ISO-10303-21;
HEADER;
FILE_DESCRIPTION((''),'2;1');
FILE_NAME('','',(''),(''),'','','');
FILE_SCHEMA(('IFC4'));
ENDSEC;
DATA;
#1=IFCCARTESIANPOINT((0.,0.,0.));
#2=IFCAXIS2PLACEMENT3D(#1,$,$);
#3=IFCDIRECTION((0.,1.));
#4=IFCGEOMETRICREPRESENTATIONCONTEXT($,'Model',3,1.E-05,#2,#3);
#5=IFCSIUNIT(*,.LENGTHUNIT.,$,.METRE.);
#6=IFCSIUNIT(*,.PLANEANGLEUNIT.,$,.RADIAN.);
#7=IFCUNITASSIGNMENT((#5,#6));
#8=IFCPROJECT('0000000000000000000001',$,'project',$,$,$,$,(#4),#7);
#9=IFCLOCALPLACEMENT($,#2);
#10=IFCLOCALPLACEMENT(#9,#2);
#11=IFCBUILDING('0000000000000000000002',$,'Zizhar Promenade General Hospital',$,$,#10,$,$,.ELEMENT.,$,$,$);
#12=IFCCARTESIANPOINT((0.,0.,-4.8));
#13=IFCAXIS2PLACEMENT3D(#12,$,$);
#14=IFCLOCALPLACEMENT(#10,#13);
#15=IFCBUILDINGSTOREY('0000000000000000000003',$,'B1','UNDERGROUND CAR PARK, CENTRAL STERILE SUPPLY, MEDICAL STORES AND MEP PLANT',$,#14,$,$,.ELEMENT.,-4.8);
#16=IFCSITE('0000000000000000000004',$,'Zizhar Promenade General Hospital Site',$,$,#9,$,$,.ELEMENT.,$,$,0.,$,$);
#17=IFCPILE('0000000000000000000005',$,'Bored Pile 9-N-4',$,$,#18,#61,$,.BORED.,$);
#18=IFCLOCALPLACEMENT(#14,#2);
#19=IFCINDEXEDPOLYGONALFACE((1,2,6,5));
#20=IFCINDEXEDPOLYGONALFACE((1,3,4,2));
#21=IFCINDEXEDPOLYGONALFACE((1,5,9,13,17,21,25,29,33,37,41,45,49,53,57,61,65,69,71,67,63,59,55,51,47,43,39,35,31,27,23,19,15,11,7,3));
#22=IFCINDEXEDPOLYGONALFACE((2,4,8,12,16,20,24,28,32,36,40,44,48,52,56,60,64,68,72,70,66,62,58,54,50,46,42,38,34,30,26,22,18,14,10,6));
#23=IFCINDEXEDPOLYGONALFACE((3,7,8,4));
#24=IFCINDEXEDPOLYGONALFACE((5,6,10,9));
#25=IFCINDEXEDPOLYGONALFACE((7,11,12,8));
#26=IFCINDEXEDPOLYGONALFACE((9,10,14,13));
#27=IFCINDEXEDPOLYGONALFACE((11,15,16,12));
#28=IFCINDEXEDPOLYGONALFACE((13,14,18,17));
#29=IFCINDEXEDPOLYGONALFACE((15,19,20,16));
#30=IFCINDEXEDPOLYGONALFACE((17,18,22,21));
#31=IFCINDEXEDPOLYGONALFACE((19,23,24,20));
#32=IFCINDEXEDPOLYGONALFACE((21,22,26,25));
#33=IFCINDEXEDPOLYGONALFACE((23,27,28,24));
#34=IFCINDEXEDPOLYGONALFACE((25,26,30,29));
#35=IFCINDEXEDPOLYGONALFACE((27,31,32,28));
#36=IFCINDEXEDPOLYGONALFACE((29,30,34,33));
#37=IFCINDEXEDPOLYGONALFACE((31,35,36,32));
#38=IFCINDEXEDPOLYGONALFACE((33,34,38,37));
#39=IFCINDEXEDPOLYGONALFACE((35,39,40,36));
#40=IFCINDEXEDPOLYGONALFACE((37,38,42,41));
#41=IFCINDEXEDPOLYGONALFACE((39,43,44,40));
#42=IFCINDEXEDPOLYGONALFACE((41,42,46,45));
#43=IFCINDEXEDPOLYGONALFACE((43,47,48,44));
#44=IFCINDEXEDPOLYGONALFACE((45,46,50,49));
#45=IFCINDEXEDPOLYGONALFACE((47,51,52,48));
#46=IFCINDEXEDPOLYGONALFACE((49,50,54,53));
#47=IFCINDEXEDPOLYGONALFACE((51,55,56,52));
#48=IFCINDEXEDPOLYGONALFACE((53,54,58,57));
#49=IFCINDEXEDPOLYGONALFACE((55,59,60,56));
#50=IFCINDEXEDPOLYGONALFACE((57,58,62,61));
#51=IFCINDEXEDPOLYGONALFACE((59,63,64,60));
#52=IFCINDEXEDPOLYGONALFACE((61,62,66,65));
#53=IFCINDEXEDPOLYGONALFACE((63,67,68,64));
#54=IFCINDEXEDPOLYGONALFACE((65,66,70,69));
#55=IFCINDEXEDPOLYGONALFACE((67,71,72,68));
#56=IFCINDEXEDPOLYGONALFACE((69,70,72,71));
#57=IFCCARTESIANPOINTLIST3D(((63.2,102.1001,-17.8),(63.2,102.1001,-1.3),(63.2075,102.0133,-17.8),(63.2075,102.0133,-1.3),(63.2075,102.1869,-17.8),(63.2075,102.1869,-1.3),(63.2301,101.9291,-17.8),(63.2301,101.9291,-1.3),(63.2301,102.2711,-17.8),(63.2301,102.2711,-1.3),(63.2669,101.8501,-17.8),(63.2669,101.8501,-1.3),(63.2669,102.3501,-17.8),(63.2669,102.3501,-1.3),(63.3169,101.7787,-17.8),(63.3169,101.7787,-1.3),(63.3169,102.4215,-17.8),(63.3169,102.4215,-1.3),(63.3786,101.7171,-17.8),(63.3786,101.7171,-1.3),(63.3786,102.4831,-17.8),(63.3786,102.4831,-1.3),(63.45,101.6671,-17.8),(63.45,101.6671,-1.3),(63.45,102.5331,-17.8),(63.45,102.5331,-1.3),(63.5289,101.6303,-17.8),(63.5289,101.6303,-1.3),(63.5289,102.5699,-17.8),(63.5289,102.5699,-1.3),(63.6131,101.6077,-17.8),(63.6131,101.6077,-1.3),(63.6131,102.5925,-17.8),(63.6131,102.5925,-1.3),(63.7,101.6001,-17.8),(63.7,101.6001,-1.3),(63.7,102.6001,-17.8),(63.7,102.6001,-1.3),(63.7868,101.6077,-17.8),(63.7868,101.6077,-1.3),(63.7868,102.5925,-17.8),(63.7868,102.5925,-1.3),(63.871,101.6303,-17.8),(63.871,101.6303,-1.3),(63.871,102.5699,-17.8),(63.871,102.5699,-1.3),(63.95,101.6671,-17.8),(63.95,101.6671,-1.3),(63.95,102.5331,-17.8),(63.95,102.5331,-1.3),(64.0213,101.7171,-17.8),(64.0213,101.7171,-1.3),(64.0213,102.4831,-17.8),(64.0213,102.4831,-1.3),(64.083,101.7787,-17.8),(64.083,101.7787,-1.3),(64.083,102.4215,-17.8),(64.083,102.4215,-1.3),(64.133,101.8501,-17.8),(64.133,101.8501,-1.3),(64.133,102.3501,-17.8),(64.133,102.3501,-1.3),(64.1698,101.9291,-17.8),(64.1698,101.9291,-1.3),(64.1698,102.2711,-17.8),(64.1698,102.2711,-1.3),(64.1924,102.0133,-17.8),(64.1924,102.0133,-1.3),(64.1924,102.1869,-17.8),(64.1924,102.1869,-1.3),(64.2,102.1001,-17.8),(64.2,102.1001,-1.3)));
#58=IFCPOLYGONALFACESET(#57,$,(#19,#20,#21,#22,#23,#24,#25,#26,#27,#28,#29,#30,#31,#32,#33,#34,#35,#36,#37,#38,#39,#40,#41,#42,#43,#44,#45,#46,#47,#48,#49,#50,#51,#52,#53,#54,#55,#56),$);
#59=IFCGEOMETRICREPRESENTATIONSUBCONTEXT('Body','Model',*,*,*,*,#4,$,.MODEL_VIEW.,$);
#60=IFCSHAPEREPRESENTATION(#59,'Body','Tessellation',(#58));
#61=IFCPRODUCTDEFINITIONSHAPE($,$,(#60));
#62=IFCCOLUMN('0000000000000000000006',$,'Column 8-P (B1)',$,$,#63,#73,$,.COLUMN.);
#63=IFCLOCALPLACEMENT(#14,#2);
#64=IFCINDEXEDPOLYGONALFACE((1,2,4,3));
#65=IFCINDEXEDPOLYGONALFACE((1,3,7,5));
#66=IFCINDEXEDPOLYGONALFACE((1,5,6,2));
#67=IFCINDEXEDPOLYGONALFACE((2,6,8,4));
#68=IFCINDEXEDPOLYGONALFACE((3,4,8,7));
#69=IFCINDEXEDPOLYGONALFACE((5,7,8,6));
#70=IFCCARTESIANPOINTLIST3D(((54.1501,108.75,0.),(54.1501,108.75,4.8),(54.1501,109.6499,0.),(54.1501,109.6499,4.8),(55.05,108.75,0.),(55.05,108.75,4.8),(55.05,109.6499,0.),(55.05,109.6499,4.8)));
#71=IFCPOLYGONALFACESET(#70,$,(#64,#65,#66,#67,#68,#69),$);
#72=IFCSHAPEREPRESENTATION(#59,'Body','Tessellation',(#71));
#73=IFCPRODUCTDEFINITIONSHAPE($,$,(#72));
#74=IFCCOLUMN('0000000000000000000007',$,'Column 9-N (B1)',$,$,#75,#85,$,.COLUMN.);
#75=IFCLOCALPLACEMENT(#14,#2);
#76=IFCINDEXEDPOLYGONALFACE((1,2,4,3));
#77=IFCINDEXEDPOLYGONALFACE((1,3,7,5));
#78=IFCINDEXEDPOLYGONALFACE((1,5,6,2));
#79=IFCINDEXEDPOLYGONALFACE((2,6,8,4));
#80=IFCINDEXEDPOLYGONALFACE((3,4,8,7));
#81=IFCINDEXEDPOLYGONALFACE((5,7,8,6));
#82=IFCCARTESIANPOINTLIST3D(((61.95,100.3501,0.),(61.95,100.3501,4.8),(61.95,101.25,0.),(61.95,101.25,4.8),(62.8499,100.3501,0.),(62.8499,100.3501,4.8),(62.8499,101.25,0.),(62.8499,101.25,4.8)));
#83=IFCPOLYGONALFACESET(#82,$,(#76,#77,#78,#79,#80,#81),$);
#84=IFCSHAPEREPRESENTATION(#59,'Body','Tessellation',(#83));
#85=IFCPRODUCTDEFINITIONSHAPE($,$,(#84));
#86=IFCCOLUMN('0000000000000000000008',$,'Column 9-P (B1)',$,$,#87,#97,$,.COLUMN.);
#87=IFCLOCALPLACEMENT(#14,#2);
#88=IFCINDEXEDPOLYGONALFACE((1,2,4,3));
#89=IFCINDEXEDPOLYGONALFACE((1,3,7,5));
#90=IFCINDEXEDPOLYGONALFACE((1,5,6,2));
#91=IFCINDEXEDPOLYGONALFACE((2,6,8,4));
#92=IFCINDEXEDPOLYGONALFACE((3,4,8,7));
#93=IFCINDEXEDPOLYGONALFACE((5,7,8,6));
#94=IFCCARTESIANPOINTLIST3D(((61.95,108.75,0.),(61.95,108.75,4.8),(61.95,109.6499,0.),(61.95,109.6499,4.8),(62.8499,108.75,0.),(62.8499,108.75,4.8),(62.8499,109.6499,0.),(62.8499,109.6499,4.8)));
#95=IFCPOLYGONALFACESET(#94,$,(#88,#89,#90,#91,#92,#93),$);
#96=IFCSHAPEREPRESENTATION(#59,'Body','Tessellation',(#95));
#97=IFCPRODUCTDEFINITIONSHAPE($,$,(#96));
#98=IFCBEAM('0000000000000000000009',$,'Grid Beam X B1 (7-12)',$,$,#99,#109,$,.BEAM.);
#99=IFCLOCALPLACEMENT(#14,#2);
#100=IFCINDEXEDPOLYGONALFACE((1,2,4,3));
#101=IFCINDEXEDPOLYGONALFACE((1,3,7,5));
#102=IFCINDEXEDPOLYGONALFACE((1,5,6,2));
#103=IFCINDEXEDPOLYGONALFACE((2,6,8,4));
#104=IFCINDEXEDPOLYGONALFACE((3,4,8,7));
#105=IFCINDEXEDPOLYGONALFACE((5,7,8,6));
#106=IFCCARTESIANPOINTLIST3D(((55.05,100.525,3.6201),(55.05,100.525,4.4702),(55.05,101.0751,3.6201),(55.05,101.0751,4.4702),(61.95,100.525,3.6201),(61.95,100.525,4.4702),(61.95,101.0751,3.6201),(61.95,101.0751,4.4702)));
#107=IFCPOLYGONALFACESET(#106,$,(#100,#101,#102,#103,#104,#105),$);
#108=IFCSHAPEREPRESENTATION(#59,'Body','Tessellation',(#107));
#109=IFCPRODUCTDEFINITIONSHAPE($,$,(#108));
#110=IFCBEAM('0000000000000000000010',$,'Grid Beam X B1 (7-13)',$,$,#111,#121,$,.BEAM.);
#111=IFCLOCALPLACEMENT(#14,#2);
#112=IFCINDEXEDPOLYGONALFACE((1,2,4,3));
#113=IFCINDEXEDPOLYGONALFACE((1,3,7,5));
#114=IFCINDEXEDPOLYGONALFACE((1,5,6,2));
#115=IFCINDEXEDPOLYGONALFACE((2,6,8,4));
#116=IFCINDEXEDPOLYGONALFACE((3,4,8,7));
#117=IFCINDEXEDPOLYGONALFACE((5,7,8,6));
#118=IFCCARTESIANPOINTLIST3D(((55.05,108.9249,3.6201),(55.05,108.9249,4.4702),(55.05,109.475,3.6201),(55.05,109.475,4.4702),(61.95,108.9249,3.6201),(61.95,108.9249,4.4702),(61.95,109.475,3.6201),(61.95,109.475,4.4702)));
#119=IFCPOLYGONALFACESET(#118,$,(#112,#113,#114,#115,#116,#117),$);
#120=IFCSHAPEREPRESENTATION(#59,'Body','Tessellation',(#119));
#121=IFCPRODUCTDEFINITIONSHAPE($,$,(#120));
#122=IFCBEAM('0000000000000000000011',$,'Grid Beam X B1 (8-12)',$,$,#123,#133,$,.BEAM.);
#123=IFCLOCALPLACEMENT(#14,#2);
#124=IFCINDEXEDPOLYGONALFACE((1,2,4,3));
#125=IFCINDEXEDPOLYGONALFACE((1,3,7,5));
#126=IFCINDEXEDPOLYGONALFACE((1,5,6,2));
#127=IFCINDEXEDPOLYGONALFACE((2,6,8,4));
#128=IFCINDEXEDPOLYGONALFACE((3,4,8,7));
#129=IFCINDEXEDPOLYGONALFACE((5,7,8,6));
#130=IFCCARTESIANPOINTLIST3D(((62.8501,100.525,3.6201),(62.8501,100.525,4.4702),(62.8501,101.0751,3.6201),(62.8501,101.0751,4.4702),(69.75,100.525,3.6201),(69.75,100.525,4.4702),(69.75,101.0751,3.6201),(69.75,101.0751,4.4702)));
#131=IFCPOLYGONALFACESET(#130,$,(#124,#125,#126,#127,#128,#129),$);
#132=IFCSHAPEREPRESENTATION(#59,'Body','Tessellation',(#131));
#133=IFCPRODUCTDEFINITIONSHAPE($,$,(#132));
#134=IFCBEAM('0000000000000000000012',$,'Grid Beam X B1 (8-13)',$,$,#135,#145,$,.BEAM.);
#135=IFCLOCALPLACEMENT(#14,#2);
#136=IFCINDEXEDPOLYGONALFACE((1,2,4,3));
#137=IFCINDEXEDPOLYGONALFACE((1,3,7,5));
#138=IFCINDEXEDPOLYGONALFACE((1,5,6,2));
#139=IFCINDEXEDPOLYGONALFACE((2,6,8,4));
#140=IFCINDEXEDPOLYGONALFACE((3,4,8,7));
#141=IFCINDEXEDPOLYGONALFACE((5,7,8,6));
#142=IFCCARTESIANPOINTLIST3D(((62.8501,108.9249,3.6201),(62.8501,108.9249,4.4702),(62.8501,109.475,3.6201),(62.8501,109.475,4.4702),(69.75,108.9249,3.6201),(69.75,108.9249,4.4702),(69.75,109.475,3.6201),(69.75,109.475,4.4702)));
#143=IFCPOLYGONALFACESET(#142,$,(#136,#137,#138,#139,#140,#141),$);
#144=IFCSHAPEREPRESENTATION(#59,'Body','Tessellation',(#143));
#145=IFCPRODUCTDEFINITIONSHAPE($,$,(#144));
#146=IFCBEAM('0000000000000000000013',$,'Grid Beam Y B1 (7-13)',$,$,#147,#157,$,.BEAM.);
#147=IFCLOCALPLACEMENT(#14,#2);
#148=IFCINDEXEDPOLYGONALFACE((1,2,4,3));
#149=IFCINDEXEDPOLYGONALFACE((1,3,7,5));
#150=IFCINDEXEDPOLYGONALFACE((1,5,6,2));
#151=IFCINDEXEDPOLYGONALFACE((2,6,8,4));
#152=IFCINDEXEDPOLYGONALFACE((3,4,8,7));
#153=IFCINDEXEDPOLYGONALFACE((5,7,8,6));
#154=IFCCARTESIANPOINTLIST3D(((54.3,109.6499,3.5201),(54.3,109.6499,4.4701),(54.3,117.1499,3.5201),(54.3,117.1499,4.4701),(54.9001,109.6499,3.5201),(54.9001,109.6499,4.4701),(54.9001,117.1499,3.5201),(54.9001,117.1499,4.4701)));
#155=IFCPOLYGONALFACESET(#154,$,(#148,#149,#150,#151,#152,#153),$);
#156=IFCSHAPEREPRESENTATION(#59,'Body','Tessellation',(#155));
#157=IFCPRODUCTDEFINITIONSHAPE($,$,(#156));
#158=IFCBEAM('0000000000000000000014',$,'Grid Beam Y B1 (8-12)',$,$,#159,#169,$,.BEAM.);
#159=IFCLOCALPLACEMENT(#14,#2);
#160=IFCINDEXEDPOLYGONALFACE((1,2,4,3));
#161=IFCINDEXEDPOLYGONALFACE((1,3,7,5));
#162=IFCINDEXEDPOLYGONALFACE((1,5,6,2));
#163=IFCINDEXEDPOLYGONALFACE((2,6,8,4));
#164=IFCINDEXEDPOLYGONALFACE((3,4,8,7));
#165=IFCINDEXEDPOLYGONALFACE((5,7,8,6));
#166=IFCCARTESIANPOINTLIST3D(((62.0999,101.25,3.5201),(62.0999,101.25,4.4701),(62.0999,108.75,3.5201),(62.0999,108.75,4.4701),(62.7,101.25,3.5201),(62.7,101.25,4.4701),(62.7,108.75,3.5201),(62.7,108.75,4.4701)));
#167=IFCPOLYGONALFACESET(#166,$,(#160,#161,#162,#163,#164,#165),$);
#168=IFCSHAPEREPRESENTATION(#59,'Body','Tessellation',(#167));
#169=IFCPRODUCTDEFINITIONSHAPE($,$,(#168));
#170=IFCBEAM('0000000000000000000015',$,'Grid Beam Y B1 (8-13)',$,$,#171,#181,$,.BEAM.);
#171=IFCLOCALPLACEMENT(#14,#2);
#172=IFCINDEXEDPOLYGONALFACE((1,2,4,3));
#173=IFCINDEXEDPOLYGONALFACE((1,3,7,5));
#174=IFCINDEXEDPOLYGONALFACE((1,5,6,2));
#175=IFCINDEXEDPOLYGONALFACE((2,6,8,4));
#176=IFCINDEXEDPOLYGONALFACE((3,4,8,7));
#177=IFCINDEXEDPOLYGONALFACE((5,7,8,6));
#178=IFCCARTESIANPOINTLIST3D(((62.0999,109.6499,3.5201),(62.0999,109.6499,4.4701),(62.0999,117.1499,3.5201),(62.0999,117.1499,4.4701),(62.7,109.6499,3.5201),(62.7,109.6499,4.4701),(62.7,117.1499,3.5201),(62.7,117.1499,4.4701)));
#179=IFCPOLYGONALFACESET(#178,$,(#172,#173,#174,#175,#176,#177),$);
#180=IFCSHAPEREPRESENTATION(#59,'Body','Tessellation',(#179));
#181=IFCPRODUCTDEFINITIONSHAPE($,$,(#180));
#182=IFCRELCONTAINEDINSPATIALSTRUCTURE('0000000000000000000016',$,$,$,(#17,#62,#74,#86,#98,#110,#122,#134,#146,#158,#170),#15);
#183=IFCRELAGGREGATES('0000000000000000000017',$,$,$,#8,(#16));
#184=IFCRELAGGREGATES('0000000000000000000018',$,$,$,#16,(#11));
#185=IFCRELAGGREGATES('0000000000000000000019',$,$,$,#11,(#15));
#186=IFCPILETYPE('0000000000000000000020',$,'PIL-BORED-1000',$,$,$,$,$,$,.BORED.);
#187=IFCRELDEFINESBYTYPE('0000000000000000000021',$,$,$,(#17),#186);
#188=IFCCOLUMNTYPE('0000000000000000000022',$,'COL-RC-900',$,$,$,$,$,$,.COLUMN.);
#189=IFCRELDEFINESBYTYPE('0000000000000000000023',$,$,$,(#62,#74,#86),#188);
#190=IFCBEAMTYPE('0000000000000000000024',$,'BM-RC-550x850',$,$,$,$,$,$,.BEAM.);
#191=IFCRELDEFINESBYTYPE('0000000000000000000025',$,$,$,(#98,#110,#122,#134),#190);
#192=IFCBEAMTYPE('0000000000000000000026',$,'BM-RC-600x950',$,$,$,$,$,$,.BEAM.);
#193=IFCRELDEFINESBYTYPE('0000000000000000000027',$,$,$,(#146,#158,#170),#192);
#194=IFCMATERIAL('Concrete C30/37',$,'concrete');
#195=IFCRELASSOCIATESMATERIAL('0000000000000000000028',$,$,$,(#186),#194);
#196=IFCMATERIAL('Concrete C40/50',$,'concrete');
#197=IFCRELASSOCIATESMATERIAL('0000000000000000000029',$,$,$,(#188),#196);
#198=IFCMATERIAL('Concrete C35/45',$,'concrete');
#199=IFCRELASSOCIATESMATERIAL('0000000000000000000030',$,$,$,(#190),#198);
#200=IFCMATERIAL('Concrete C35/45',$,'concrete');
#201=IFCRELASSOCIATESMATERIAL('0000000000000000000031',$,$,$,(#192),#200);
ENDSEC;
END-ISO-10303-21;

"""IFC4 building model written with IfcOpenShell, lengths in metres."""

from ifc_helpers import new_model, si_unit, direction, frame, origin, origin_2d, place, context, subcontext, project, spatial, rectangle, circle, extrude, material, material_profile, profile_set, type_object, element, save


model = new_model("IFC4")

# Units and contexts
model_context = context("Model", 3, precision=1e-05, world=origin(), true_north=direction((0.0, 1.0)))
body_context = subcontext(model_context, "Body", "Model", "MODEL_VIEW")
ifc_project = project(units=[si_unit("LENGTHUNIT", "METRE"), si_unit("PLANEANGLEUNIT", "RADIAN")], contexts=[model_context])

# Site, building, storey
site_placement = place(None, origin())
site = spatial("IfcSite", under=ifc_project, at=site_placement, Name="Zizhar Promenade General Hospital Site", CompositionType="ELEMENT", RefElevation=0.0)
building_placement = place(site_placement, origin())
building = spatial("IfcBuilding", under=site, at=building_placement, Name="Zizhar Promenade General Hospital", CompositionType="ELEMENT")
storey_placement = place(building_placement, frame((0.0, 0.0, -4.8)))
storey = spatial("IfcBuildingStorey", under=building, at=storey_placement, Name="B1", Description="UNDERGROUND CAR PARK, CENTRAL STERILE SUPPLY, MEDICAL STORES AND MEP PLANT", CompositionType="ELEMENT", Elevation=-4.8)

# Pile
ifc_material_1 = material(Name="Concrete C30/37", Category="concrete")
ifc_material_profile_1 = material_profile(ifc_material_1, circle(Radius=0.5, at=origin_2d()))
ifc_profile_set_1 = profile_set([ifc_material_profile_1], Name="Concrete C30/37")
pile_type = type_object("IfcPileType", Name="PIL-BORED-1000", PredefinedType="BORED", material=ifc_profile_set_1)
for number, where, z_axis, x_axis, name in (
    (1, (63.7, 102.1001, -1.3), (0.0, 0.0, -1.0), (1.0, 0.0, 0.0), "Bored Pile 9-N-4"),
):
    element("IfcPile", number, at=place(storey_placement, frame(where, z_axis=z_axis, x_axis=x_axis)), inside=storey, type_object=pile_type, Name=name, PredefinedType="BORED", context=body_context, shape_type="SweptSolid", body=[
        extrude(circle(Radius=0.5, at=origin_2d()), origin(), (0.0, 0.0, 1.0), 16.5),
    ])

# Columns
ifc_material_2 = material(Name="Concrete C40/50", Category="concrete")
ifc_material_profile_2 = material_profile(ifc_material_2, rectangle(XDim=0.8999, YDim=0.8999, at=origin_2d()))
ifc_profile_set_2 = profile_set([ifc_material_profile_2], Name="Concrete C40/50")
column_type = type_object("IfcColumnType", Name="COL-RC-900", PredefinedType="COLUMN", material=ifc_profile_set_2)
for number, where, z_axis, x_axis, name in (
    (2, (54.6001, 109.2, 0.0), (0.0, 0.0, 1.0), (1.0, 0.0, 0.0), "Column 8-P (B1)"),
    (3, (62.3999, 100.8, 0.0), (0.0, 0.0, 1.0), (1.0, 0.0, 0.0), "Column 9-N (B1)"),
    (4, (62.3999, 109.2, 0.0), (0.0, 0.0, 1.0), (1.0, 0.0, 0.0), "Column 9-P (B1)"),
):
    element("IfcColumn", number, at=place(storey_placement, frame(where, z_axis=z_axis, x_axis=x_axis)), inside=storey, type_object=column_type, Name=name, PredefinedType="COLUMN", context=body_context, shape_type="SweptSolid", body=[
        extrude(rectangle(XDim=0.8999, YDim=0.8999, at=origin_2d()), origin(), (0.0, 0.0, 1.0), 4.8),
    ])

# Beams
ifc_material_3 = material(Name="Concrete C35/45", Category="concrete")
ifc_material_profile_3 = material_profile(ifc_material_3, rectangle(XDim=0.55, YDim=0.8501, at=origin_2d()))
ifc_profile_set_3 = profile_set([ifc_material_profile_3], Name="Concrete C35/45")
beam_type_1 = type_object("IfcBeamType", Name="BM-RC-550x850", PredefinedType="BEAM", material=ifc_profile_set_3)
for number, where, z_axis, x_axis, name in (
    (5, (55.05, 100.8, 4.0452), (1.0, 0.0, 0.0), (0.0, 1.0, 0.0), "Grid Beam X B1 (7-12)"),
    (6, (55.05, 109.2, 4.0452), (1.0, 0.0, 0.0), (0.0, 1.0, 0.0), "Grid Beam X B1 (7-13)"),
    (7, (62.8501, 100.8, 4.0452), (1.0, 0.0, 0.0), (0.0, 1.0, 0.0), "Grid Beam X B1 (8-12)"),
    (8, (62.8501, 109.2, 4.0452), (1.0, 0.0, 0.0), (0.0, 1.0, 0.0), "Grid Beam X B1 (8-13)"),
):
    element("IfcBeam", number, at=place(storey_placement, frame(where, z_axis=z_axis, x_axis=x_axis)), inside=storey, type_object=beam_type_1, Name=name, PredefinedType="BEAM", context=body_context, shape_type="SweptSolid", body=[
        extrude(rectangle(XDim=0.55, YDim=0.8501, at=origin_2d()), origin(), (0.0, 0.0, 1.0), 6.8999),
    ])
ifc_material_4 = material(Name="Concrete C35/45", Category="concrete")
ifc_material_profile_4 = material_profile(ifc_material_4, rectangle(XDim=0.6001, YDim=0.95, at=origin_2d()))
ifc_profile_set_4 = profile_set([ifc_material_profile_4], Name="Concrete C35/45")
beam_type_2 = type_object("IfcBeamType", Name="BM-RC-600x950", PredefinedType="BEAM", material=ifc_profile_set_4)
for number, where, z_axis, x_axis, name in (
    (9, (54.6001, 109.6499, 3.9951), (0.0, 1.0, 0.0), (-1.0, 0.0, 0.0), "Grid Beam Y B1 (7-13)"),
    (10, (62.3999, 101.25, 3.9951), (0.0, 1.0, 0.0), (-1.0, 0.0, 0.0), "Grid Beam Y B1 (8-12)"),
    (11, (62.3999, 109.6499, 3.9951), (0.0, 1.0, 0.0), (-1.0, 0.0, 0.0), "Grid Beam Y B1 (8-13)"),
):
    element("IfcBeam", number, at=place(storey_placement, frame(where, z_axis=z_axis, x_axis=x_axis)), inside=storey, type_object=beam_type_2, Name=name, PredefinedType="BEAM", context=body_context, shape_type="SweptSolid", body=[
        extrude(rectangle(XDim=0.6001, YDim=0.95, at=origin_2d()), origin(), (0.0, 0.0, 1.0), 7.5),
    ])

save(model, "model.ifc")
